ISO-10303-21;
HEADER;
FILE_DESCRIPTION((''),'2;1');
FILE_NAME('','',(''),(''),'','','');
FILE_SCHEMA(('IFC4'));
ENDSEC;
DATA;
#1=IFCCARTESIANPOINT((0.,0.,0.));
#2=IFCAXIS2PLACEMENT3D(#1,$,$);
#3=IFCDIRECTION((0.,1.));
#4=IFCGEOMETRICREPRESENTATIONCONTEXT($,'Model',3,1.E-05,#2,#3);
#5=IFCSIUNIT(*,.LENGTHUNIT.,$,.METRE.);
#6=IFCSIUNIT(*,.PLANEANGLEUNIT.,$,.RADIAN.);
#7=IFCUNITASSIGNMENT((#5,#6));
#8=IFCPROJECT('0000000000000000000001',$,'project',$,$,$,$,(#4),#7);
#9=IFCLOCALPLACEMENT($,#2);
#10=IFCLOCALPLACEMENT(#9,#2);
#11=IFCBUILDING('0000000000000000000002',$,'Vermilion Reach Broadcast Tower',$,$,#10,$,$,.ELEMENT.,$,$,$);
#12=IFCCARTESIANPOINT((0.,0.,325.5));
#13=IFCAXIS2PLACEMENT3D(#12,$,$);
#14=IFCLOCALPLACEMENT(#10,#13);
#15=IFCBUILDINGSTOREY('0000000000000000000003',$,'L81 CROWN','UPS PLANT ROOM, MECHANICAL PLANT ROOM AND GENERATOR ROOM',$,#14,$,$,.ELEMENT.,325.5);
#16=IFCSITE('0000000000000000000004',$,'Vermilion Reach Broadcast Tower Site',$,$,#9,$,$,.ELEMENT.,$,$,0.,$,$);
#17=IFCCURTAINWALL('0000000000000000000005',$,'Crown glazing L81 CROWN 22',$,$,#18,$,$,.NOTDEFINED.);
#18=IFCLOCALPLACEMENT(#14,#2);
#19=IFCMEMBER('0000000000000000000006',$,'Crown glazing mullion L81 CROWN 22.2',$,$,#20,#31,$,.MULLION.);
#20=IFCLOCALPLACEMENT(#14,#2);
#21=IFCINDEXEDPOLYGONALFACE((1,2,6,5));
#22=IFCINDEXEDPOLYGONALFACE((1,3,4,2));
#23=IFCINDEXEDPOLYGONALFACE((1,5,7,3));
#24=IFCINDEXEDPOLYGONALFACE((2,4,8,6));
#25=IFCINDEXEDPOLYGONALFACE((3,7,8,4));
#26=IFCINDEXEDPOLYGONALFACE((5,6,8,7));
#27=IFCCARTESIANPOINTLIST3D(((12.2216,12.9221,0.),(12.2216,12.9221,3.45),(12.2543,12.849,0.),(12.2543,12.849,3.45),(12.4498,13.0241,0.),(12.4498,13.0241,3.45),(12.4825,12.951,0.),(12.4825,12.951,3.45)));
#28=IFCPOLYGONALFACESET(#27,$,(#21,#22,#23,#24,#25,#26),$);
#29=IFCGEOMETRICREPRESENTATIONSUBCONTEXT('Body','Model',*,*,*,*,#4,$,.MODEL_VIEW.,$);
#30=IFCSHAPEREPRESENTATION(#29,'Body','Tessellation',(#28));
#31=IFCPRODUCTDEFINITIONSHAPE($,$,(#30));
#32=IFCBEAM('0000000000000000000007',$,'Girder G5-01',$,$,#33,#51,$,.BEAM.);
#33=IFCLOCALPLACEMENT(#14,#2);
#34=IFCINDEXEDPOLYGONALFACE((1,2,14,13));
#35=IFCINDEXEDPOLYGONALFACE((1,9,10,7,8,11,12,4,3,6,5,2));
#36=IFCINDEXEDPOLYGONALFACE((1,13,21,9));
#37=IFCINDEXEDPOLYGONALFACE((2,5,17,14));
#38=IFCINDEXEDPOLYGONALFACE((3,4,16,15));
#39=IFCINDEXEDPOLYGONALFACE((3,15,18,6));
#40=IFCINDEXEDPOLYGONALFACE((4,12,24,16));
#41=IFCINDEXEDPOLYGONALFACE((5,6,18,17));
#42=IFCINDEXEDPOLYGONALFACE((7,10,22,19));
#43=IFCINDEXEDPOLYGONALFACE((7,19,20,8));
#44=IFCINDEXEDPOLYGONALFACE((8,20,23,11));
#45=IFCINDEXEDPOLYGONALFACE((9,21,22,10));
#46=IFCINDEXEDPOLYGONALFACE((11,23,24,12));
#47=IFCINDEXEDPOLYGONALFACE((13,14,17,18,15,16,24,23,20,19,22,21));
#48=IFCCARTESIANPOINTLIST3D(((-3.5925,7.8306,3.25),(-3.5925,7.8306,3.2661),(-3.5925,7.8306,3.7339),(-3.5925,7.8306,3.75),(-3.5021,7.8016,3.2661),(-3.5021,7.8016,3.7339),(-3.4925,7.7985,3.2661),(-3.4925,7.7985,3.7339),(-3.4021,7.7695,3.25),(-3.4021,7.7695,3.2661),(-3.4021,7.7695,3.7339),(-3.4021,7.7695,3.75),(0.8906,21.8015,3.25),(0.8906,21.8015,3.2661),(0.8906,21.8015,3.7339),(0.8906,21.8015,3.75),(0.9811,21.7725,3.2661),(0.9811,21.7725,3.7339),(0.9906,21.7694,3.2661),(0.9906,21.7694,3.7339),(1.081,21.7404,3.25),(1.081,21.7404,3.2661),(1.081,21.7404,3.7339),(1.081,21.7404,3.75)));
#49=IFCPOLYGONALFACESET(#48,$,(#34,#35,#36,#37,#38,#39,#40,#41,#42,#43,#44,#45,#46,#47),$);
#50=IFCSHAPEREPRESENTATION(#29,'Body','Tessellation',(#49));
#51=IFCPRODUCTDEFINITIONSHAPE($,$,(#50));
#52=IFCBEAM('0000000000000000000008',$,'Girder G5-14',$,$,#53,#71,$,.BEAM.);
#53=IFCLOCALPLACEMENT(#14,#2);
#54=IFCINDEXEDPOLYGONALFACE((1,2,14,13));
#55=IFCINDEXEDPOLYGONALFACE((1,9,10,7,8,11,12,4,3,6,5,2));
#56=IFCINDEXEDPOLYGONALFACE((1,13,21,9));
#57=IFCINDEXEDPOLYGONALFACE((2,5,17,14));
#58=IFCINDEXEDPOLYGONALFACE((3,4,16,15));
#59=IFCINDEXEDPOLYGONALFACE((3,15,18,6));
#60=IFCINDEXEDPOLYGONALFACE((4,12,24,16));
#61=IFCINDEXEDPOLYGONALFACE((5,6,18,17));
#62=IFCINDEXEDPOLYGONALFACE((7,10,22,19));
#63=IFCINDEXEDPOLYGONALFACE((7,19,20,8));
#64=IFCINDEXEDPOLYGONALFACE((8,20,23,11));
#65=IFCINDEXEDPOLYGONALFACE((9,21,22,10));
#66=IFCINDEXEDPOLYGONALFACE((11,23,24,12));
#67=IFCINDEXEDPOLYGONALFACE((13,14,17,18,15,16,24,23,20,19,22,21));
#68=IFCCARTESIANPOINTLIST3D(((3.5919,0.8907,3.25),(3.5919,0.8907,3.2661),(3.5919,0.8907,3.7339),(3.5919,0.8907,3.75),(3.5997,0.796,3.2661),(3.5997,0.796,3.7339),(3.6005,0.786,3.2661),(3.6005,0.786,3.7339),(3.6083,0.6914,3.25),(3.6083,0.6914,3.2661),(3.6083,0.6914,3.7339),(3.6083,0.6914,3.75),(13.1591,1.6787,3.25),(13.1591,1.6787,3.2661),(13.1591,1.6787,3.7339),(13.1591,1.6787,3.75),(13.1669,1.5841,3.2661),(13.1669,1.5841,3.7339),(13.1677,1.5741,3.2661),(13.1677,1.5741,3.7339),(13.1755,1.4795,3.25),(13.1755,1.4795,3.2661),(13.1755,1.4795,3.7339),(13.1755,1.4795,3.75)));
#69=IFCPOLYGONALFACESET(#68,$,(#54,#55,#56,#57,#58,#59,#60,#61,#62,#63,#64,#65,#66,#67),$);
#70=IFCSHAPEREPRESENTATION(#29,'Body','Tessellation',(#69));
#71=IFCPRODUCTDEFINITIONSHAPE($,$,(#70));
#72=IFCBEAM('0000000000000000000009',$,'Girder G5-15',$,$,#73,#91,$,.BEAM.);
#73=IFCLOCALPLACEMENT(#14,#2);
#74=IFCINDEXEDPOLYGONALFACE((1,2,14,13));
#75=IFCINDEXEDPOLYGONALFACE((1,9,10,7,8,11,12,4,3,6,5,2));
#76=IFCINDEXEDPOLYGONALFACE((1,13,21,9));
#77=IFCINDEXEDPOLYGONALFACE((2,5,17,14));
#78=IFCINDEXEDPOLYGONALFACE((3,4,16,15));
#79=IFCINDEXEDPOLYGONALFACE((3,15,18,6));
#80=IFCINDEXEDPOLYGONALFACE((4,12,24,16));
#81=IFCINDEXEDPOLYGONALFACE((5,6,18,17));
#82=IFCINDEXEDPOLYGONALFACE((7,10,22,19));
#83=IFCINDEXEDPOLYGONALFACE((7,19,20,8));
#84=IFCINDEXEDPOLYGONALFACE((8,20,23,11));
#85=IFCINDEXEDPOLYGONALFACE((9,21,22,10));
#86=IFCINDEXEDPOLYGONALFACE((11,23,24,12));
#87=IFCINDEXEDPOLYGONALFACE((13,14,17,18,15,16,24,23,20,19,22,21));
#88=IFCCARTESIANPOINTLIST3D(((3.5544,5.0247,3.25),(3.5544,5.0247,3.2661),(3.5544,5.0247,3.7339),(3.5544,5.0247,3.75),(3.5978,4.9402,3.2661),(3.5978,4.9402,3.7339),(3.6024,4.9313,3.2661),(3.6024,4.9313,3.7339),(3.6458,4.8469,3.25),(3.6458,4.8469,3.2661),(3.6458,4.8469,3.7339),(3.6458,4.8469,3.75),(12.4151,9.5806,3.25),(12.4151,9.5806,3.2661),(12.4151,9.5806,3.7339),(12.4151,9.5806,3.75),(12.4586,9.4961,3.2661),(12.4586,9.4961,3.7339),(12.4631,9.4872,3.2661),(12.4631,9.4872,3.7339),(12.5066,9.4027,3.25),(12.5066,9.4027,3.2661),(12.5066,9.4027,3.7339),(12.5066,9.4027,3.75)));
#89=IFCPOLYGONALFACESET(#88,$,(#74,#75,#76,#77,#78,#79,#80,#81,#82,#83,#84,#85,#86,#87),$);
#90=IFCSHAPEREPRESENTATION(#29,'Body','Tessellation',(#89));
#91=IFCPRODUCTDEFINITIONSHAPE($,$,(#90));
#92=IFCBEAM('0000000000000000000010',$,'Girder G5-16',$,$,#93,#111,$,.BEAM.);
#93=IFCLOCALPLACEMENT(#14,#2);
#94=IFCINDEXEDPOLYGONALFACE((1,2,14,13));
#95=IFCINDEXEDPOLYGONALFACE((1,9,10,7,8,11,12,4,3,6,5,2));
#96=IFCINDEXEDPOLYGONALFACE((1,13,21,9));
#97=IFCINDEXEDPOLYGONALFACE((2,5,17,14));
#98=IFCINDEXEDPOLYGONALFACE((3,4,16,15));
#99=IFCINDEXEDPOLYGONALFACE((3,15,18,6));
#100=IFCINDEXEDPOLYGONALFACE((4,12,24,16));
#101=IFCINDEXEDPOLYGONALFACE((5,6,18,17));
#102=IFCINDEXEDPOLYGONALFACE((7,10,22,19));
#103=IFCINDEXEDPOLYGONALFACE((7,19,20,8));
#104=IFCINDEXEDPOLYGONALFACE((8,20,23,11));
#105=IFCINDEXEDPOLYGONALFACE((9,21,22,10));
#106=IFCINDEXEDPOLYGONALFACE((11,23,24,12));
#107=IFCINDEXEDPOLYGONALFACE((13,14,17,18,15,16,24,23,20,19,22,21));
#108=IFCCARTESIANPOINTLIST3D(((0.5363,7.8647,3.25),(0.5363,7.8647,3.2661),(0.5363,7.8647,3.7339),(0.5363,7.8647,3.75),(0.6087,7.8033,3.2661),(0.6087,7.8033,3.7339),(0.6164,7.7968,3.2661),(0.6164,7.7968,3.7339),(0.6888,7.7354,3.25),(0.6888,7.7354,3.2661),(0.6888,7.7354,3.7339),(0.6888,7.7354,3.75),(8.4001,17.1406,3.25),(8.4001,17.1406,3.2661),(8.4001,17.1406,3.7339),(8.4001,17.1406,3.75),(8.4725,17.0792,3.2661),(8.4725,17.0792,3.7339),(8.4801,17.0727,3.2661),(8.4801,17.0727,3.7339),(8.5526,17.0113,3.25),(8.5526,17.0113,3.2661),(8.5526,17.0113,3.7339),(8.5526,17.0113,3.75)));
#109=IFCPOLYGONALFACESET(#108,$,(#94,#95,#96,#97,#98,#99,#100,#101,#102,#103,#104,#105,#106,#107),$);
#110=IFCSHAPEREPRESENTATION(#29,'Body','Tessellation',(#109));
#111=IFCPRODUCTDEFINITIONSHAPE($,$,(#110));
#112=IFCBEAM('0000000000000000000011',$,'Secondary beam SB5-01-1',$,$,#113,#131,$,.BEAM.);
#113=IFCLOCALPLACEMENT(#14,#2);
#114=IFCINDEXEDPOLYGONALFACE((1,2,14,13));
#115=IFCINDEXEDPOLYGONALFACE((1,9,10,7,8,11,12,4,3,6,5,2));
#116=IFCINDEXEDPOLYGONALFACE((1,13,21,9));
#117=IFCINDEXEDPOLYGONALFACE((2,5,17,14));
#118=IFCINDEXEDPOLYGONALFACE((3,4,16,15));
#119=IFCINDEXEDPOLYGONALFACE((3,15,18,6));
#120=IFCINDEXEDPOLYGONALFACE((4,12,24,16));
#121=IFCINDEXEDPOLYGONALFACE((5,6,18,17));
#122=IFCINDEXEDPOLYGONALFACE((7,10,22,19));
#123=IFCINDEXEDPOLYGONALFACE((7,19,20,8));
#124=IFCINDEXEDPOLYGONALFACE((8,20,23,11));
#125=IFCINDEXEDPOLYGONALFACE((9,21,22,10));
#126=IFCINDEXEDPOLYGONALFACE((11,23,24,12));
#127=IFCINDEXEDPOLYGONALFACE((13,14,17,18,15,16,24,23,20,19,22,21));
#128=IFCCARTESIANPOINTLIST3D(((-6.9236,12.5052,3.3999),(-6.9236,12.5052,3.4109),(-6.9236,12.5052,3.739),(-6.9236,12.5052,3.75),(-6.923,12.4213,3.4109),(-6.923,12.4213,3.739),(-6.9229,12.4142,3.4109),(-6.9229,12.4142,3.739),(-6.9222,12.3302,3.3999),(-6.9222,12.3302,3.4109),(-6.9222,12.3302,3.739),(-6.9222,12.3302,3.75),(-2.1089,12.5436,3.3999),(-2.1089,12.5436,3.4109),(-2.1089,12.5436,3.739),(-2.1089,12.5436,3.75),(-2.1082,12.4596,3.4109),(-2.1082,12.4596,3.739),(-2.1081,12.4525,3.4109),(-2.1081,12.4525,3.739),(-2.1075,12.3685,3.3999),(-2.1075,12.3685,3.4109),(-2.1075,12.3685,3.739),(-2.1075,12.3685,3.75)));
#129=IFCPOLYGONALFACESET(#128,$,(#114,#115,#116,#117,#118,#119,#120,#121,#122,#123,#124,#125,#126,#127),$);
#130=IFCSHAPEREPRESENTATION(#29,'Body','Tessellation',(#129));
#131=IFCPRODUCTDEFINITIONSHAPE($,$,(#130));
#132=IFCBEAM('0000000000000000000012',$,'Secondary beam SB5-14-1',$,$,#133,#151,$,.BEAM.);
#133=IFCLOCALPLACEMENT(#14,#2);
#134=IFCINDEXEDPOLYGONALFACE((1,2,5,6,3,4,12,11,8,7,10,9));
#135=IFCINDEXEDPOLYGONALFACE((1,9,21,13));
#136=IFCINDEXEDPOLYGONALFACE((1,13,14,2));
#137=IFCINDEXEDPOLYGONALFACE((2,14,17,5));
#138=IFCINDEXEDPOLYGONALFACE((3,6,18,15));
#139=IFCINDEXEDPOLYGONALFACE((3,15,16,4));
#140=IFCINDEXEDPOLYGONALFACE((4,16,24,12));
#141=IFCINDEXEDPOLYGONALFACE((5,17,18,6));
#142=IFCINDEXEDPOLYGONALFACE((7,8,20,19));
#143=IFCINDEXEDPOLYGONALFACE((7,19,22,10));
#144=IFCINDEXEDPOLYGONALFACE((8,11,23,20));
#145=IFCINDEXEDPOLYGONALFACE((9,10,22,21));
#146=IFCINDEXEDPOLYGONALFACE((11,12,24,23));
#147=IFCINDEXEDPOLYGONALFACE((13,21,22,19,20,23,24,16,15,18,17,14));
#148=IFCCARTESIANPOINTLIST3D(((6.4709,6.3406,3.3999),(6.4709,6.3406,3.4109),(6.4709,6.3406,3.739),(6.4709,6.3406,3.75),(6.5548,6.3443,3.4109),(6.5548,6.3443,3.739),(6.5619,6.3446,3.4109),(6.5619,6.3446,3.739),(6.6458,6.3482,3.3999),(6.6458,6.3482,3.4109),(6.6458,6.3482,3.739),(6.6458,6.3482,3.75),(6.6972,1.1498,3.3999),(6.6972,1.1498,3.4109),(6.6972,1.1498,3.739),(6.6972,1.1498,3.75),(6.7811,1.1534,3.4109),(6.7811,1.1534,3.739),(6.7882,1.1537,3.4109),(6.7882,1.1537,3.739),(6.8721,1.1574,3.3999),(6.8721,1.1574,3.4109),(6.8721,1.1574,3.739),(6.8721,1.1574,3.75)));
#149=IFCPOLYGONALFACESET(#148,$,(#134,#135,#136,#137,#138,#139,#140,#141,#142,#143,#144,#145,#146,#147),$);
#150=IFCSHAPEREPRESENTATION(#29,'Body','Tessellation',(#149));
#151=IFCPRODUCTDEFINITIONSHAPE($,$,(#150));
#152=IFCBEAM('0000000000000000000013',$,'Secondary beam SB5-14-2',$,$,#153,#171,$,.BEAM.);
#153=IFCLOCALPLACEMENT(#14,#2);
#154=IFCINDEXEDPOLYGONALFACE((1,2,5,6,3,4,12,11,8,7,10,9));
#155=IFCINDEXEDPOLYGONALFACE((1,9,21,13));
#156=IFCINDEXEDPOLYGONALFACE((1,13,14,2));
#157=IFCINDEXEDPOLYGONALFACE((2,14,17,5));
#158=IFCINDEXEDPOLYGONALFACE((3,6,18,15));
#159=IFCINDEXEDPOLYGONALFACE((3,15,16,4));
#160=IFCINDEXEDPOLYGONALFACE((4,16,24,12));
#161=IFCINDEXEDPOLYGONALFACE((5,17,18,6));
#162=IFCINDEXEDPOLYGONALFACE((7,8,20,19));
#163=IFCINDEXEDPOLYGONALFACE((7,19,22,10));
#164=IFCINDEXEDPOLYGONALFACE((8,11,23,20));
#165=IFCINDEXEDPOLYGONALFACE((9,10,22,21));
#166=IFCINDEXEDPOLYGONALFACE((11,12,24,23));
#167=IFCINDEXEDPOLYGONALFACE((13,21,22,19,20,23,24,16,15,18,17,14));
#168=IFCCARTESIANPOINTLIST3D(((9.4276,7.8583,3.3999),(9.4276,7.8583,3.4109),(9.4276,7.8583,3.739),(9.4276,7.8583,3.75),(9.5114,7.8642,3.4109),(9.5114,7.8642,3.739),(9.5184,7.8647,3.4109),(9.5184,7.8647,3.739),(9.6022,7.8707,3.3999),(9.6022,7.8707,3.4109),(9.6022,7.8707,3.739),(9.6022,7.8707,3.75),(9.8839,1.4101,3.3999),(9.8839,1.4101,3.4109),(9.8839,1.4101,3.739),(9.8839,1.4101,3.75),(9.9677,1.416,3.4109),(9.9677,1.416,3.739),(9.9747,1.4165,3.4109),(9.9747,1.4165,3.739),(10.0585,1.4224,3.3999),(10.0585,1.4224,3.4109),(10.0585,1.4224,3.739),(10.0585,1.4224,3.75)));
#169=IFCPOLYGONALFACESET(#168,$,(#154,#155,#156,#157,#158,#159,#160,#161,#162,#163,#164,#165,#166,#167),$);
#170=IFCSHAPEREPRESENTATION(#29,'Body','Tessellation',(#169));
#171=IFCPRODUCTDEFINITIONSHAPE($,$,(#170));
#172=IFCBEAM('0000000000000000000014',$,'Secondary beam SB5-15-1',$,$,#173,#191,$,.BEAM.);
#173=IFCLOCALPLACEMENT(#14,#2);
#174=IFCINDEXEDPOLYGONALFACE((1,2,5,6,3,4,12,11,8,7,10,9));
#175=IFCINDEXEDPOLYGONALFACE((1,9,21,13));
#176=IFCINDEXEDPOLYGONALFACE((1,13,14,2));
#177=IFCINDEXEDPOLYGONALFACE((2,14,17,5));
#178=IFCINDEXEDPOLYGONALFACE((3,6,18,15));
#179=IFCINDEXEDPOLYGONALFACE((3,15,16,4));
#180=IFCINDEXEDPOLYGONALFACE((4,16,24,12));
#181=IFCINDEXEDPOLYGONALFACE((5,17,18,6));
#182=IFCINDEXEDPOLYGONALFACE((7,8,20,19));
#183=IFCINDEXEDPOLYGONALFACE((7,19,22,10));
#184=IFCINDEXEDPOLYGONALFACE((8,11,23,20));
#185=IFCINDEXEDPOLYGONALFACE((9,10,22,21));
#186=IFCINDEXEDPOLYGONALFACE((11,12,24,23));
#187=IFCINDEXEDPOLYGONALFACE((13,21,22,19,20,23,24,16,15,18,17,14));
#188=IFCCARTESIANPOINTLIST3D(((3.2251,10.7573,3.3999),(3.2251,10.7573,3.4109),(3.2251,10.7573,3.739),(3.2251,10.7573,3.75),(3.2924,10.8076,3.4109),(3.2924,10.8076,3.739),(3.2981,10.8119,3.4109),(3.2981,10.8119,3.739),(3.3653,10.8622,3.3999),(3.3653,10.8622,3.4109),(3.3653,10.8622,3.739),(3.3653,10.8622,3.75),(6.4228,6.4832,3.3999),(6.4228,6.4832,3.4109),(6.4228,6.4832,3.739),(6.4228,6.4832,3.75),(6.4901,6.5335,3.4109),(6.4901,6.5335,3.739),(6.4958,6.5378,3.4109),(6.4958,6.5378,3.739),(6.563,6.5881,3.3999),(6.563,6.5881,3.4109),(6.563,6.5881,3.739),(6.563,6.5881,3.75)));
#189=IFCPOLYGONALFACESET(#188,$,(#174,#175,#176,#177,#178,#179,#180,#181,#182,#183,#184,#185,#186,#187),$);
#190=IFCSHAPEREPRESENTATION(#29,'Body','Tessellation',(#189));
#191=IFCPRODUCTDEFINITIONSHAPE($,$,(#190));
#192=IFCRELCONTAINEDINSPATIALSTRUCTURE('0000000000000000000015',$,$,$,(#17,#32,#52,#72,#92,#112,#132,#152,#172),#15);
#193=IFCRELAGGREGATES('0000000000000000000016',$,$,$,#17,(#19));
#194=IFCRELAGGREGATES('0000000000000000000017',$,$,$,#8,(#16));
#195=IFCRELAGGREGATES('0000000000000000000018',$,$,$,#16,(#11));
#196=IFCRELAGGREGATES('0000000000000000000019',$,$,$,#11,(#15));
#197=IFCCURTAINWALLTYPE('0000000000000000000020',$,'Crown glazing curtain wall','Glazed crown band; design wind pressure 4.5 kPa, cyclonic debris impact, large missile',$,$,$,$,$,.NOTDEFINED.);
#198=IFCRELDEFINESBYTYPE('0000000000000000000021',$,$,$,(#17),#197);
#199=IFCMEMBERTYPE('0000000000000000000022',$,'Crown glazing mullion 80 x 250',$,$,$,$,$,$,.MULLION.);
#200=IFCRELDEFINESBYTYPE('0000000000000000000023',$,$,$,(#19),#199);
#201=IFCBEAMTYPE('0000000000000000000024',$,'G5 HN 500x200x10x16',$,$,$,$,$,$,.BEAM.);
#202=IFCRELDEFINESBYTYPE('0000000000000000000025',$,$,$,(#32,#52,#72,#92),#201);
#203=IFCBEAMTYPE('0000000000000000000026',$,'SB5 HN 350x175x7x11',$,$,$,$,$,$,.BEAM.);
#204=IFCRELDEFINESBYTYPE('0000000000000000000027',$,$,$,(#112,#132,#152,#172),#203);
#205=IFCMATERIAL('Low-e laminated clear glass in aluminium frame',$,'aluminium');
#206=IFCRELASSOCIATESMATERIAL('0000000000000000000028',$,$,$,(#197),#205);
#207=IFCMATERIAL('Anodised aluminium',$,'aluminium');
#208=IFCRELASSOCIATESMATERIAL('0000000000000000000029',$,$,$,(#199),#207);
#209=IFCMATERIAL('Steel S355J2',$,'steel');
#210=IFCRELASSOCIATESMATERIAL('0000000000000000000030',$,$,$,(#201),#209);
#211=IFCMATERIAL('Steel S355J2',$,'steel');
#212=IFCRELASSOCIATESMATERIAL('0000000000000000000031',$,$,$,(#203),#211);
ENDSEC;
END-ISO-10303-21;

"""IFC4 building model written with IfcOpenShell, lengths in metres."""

from ifc_helpers import new_model, si_unit, direction, frame, origin, origin_2d, place, context, subcontext, project, spatial, rectangle, i_section, extrude, material, material_profile, profile_set, type_object, element, aggregate, save


model = new_model("IFC4")

# Units and contexts
model_context = context("Model", 3, precision=1e-05, world=origin(), true_north=direction((0.0, 1.0)))
body_context = subcontext(model_context, "Body", "Model", "MODEL_VIEW")
ifc_project = project(units=[si_unit("LENGTHUNIT", "METRE"), si_unit("PLANEANGLEUNIT", "RADIAN")], contexts=[model_context])

# Site, building, storey
site_placement = place(None, origin())
site = spatial("IfcSite", under=ifc_project, at=site_placement, Name="Vermilion Reach Broadcast Tower Site", CompositionType="ELEMENT", RefElevation=0.0)
building_placement = place(site_placement, origin())
building = spatial("IfcBuilding", under=site, at=building_placement, Name="Vermilion Reach Broadcast Tower", CompositionType="ELEMENT")
storey_placement = place(building_placement, frame((0.0, 0.0, 325.5)))
storey = spatial("IfcBuildingStorey", under=building, at=storey_placement, Name="L81 CROWN", Description="UPS PLANT ROOM, MECHANICAL PLANT ROOM AND GENERATOR ROOM", CompositionType="ELEMENT", Elevation=325.5)

# Curtain wall, member
ifc_material_1 = material(Name="Low-e laminated clear glass in aluminium frame", Category="aluminium")
curtain_wall_type = type_object("IfcCurtainWallType", Name="Crown glazing curtain wall", Description="Glazed crown band; design wind pressure 4.5 kPa, cyclonic debris impact, large missile", PredefinedType="NOTDEFINED", material=ifc_material_1)
curtain_wall_placement = place(storey_placement, origin())
curtain_wall = element("IfcCurtainWall", 1, at=curtain_wall_placement, inside=storey, type_object=curtain_wall_type, Name="Crown glazing L81 CROWN 22", PredefinedType="NOTDEFINED")
ifc_material_2 = material(Name="Anodised aluminium", Category="aluminium")
ifc_material_profile_1 = material_profile(ifc_material_2, rectangle(XDim=0.25, YDim=0.0801, at=origin_2d()), Name="Crown glazing mullion 80 x 250")
ifc_profile_set_1 = profile_set([ifc_material_profile_1], Name="Anodised aluminium")
member_type = type_object("IfcMemberType", Name="Crown glazing mullion 80 x 250", PredefinedType="MULLION", material=ifc_profile_set_1)
member_placement = place(storey_placement, frame((12.3521, 12.9365, 0.0), z_axis=(0.0, 0.0, 1.0), x_axis=(-0.912989, -0.407985, 0.0)))
member = element("IfcMember", 2, at=member_placement, type_object=member_type, Name="Crown glazing mullion L81 CROWN 22.2", PredefinedType="MULLION", context=body_context, shape_type="SweptSolid", body=[
    extrude(rectangle(XDim=0.25, YDim=0.0801, at=origin_2d()), origin(), (0.0, 0.0, 1.0), 3.45),
])
aggregate(curtain_wall, [member])

# Beams
ifc_material_3 = material(Name="Steel S355J2", Category="steel")
ifc_material_profile_2 = material_profile(ifc_material_3, i_section(OverallWidth=0.2, OverallDepth=0.5, WebThickness=0.01, FlangeThickness=0.0161, at=origin_2d()), Name="S355J2 HN 500x200x10x16")
ifc_profile_set_2 = profile_set([ifc_material_profile_2], Name="Steel S355J2")
beam_type_1 = type_object("IfcBeamType", Name="G5 HN 500x200x10x16", PredefinedType="BEAM", material=ifc_profile_set_2)
beam_1_placement = place(storey_placement, frame((-3.4973, 7.8, 3.5), z_axis=(0.305545, 0.952178, 0.0), x_axis=(-0.952178, 0.305545, 0.0)))
element("IfcBeam", 3, at=beam_1_placement, inside=storey, type_object=beam_type_1, Name="Girder G5-01", PredefinedType="BEAM", context=body_context, shape_type="SweptSolid", body=[
    extrude(i_section(OverallWidth=0.2, OverallDepth=0.5, WebThickness=0.01, FlangeThickness=0.0161, at=origin_2d()), origin(), (0.0, 0.0, 1.0), 14.6726),
])
beam_2_placement = place(storey_placement, frame((3.6001, 0.791, 3.5), z_axis=(0.996624, 0.082096, 0.0), x_axis=(-0.082096, 0.996624, 0.0)))
element("IfcBeam", 4, at=beam_2_placement, inside=storey, type_object=beam_type_1, Name="Girder G5-14", PredefinedType="BEAM", context=body_context, shape_type="SweptSolid", body=[
    extrude(i_section(OverallWidth=0.2, OverallDepth=0.5, WebThickness=0.01, FlangeThickness=0.0161, at=origin_2d()), origin(), (0.0, 0.0, 1.0), 9.5996),
])
beam_3_placement = place(storey_placement, frame((3.6001, 4.9358, 3.5), z_axis=(0.889333, 0.457261, 0.0), x_axis=(-0.457261, 0.889333, 0.0)))
element("IfcBeam", 5, at=beam_3_placement, inside=storey, type_object=beam_type_1, Name="Girder G5-15", PredefinedType="BEAM", context=body_context, shape_type="SweptSolid", body=[
    extrude(i_section(OverallWidth=0.2, OverallDepth=0.5, WebThickness=0.01, FlangeThickness=0.0161, at=origin_2d()), origin(), (0.0, 0.0, 1.0), 9.9634),
])
beam_4_placement = place(storey_placement, frame((0.6125, 7.8, 3.5), z_axis=(0.646658, 0.76278, 0.0), x_axis=(-0.76278, 0.646658, 0.0)))
element("IfcBeam", 6, at=beam_4_placement, inside=storey, type_object=beam_type_1, Name="Girder G5-16", PredefinedType="BEAM", context=body_context, shape_type="SweptSolid", body=[
    extrude(i_section(OverallWidth=0.2, OverallDepth=0.5, WebThickness=0.01, FlangeThickness=0.0161, at=origin_2d()), origin(), (0.0, 0.0, 1.0), 12.1606),
])
ifc_material_4 = material(Name="Steel S355J2", Category="steel")
ifc_material_profile_3 = material_profile(ifc_material_4, i_section(OverallWidth=0.175, OverallDepth=0.3501, WebThickness=0.0071, FlangeThickness=0.011, at=origin_2d()), Name="S355J2 HN 350x175x7x11")
ifc_profile_set_3 = profile_set([ifc_material_profile_3], Name="Steel S355J2")
beam_type_2 = type_object("IfcBeamType", Name="SB5 HN 350x175x7x11", PredefinedType="BEAM", material=ifc_profile_set_3)
beam_5_placement = place(storey_placement, frame((-2.1082, 12.4561, 3.575), z_axis=(-0.999968, -0.007961, 0.0), x_axis=(0.007961, -0.999968, 0.0)))
element("IfcBeam", 7, at=beam_5_placement, inside=storey, type_object=beam_type_2, Name="Secondary beam SB5-01-1", PredefinedType="BEAM", context=body_context, shape_type="SweptSolid", body=[
    extrude(i_section(OverallWidth=0.175, OverallDepth=0.3501, WebThickness=0.0071, FlangeThickness=0.011, at=origin_2d()), origin(), (0.0, 0.0, 1.0), 4.8149),
])
beam_6_placement = place(storey_placement, frame((6.7847, 1.1536, 3.575), z_axis=(-0.043558, 0.999051, 0.0), x_axis=(-0.999051, -0.043558, 0.0)))
element("IfcBeam", 8, at=beam_6_placement, inside=storey, type_object=beam_type_2, Name="Secondary beam SB5-14-1", PredefinedType="BEAM", context=body_context, shape_type="SweptSolid", body=[
    extrude(i_section(OverallWidth=0.175, OverallDepth=0.3501, WebThickness=0.0071, FlangeThickness=0.011, at=origin_2d()), origin(), (0.0, 0.0, 1.0), 5.1958),
])
beam_7_placement = place(storey_placement, frame((9.9712, 1.4163, 3.575), z_axis=(-0.070587, 0.997506, 0.0), x_axis=(-0.997506, -0.070587, 0.0)))
element("IfcBeam", 9, at=beam_7_placement, inside=storey, type_object=beam_type_2, Name="Secondary beam SB5-14-2", PredefinedType="BEAM", context=body_context, shape_type="SweptSolid", body=[
    extrude(i_section(OverallWidth=0.175, OverallDepth=0.3501, WebThickness=0.0071, FlangeThickness=0.011, at=origin_2d()), origin(), (0.0, 0.0, 1.0), 6.4644),
])
beam_8_placement = place(storey_placement, frame((6.4929, 6.5356, 3.575), z_axis=(-0.599056, 0.800707, 0.0), x_axis=(-0.800707, -0.599056, 0.0)))
element("IfcBeam", 10, at=beam_8_placement, inside=storey, type_object=beam_type_2, Name="Secondary beam SB5-15-1", PredefinedType="BEAM", context=body_context, shape_type="SweptSolid", body=[
    extrude(i_section(OverallWidth=0.175, OverallDepth=0.3501, WebThickness=0.0071, FlangeThickness=0.011, at=origin_2d()), origin(), (0.0, 0.0, 1.0), 5.3379),
])

save(model, "model.ifc")
